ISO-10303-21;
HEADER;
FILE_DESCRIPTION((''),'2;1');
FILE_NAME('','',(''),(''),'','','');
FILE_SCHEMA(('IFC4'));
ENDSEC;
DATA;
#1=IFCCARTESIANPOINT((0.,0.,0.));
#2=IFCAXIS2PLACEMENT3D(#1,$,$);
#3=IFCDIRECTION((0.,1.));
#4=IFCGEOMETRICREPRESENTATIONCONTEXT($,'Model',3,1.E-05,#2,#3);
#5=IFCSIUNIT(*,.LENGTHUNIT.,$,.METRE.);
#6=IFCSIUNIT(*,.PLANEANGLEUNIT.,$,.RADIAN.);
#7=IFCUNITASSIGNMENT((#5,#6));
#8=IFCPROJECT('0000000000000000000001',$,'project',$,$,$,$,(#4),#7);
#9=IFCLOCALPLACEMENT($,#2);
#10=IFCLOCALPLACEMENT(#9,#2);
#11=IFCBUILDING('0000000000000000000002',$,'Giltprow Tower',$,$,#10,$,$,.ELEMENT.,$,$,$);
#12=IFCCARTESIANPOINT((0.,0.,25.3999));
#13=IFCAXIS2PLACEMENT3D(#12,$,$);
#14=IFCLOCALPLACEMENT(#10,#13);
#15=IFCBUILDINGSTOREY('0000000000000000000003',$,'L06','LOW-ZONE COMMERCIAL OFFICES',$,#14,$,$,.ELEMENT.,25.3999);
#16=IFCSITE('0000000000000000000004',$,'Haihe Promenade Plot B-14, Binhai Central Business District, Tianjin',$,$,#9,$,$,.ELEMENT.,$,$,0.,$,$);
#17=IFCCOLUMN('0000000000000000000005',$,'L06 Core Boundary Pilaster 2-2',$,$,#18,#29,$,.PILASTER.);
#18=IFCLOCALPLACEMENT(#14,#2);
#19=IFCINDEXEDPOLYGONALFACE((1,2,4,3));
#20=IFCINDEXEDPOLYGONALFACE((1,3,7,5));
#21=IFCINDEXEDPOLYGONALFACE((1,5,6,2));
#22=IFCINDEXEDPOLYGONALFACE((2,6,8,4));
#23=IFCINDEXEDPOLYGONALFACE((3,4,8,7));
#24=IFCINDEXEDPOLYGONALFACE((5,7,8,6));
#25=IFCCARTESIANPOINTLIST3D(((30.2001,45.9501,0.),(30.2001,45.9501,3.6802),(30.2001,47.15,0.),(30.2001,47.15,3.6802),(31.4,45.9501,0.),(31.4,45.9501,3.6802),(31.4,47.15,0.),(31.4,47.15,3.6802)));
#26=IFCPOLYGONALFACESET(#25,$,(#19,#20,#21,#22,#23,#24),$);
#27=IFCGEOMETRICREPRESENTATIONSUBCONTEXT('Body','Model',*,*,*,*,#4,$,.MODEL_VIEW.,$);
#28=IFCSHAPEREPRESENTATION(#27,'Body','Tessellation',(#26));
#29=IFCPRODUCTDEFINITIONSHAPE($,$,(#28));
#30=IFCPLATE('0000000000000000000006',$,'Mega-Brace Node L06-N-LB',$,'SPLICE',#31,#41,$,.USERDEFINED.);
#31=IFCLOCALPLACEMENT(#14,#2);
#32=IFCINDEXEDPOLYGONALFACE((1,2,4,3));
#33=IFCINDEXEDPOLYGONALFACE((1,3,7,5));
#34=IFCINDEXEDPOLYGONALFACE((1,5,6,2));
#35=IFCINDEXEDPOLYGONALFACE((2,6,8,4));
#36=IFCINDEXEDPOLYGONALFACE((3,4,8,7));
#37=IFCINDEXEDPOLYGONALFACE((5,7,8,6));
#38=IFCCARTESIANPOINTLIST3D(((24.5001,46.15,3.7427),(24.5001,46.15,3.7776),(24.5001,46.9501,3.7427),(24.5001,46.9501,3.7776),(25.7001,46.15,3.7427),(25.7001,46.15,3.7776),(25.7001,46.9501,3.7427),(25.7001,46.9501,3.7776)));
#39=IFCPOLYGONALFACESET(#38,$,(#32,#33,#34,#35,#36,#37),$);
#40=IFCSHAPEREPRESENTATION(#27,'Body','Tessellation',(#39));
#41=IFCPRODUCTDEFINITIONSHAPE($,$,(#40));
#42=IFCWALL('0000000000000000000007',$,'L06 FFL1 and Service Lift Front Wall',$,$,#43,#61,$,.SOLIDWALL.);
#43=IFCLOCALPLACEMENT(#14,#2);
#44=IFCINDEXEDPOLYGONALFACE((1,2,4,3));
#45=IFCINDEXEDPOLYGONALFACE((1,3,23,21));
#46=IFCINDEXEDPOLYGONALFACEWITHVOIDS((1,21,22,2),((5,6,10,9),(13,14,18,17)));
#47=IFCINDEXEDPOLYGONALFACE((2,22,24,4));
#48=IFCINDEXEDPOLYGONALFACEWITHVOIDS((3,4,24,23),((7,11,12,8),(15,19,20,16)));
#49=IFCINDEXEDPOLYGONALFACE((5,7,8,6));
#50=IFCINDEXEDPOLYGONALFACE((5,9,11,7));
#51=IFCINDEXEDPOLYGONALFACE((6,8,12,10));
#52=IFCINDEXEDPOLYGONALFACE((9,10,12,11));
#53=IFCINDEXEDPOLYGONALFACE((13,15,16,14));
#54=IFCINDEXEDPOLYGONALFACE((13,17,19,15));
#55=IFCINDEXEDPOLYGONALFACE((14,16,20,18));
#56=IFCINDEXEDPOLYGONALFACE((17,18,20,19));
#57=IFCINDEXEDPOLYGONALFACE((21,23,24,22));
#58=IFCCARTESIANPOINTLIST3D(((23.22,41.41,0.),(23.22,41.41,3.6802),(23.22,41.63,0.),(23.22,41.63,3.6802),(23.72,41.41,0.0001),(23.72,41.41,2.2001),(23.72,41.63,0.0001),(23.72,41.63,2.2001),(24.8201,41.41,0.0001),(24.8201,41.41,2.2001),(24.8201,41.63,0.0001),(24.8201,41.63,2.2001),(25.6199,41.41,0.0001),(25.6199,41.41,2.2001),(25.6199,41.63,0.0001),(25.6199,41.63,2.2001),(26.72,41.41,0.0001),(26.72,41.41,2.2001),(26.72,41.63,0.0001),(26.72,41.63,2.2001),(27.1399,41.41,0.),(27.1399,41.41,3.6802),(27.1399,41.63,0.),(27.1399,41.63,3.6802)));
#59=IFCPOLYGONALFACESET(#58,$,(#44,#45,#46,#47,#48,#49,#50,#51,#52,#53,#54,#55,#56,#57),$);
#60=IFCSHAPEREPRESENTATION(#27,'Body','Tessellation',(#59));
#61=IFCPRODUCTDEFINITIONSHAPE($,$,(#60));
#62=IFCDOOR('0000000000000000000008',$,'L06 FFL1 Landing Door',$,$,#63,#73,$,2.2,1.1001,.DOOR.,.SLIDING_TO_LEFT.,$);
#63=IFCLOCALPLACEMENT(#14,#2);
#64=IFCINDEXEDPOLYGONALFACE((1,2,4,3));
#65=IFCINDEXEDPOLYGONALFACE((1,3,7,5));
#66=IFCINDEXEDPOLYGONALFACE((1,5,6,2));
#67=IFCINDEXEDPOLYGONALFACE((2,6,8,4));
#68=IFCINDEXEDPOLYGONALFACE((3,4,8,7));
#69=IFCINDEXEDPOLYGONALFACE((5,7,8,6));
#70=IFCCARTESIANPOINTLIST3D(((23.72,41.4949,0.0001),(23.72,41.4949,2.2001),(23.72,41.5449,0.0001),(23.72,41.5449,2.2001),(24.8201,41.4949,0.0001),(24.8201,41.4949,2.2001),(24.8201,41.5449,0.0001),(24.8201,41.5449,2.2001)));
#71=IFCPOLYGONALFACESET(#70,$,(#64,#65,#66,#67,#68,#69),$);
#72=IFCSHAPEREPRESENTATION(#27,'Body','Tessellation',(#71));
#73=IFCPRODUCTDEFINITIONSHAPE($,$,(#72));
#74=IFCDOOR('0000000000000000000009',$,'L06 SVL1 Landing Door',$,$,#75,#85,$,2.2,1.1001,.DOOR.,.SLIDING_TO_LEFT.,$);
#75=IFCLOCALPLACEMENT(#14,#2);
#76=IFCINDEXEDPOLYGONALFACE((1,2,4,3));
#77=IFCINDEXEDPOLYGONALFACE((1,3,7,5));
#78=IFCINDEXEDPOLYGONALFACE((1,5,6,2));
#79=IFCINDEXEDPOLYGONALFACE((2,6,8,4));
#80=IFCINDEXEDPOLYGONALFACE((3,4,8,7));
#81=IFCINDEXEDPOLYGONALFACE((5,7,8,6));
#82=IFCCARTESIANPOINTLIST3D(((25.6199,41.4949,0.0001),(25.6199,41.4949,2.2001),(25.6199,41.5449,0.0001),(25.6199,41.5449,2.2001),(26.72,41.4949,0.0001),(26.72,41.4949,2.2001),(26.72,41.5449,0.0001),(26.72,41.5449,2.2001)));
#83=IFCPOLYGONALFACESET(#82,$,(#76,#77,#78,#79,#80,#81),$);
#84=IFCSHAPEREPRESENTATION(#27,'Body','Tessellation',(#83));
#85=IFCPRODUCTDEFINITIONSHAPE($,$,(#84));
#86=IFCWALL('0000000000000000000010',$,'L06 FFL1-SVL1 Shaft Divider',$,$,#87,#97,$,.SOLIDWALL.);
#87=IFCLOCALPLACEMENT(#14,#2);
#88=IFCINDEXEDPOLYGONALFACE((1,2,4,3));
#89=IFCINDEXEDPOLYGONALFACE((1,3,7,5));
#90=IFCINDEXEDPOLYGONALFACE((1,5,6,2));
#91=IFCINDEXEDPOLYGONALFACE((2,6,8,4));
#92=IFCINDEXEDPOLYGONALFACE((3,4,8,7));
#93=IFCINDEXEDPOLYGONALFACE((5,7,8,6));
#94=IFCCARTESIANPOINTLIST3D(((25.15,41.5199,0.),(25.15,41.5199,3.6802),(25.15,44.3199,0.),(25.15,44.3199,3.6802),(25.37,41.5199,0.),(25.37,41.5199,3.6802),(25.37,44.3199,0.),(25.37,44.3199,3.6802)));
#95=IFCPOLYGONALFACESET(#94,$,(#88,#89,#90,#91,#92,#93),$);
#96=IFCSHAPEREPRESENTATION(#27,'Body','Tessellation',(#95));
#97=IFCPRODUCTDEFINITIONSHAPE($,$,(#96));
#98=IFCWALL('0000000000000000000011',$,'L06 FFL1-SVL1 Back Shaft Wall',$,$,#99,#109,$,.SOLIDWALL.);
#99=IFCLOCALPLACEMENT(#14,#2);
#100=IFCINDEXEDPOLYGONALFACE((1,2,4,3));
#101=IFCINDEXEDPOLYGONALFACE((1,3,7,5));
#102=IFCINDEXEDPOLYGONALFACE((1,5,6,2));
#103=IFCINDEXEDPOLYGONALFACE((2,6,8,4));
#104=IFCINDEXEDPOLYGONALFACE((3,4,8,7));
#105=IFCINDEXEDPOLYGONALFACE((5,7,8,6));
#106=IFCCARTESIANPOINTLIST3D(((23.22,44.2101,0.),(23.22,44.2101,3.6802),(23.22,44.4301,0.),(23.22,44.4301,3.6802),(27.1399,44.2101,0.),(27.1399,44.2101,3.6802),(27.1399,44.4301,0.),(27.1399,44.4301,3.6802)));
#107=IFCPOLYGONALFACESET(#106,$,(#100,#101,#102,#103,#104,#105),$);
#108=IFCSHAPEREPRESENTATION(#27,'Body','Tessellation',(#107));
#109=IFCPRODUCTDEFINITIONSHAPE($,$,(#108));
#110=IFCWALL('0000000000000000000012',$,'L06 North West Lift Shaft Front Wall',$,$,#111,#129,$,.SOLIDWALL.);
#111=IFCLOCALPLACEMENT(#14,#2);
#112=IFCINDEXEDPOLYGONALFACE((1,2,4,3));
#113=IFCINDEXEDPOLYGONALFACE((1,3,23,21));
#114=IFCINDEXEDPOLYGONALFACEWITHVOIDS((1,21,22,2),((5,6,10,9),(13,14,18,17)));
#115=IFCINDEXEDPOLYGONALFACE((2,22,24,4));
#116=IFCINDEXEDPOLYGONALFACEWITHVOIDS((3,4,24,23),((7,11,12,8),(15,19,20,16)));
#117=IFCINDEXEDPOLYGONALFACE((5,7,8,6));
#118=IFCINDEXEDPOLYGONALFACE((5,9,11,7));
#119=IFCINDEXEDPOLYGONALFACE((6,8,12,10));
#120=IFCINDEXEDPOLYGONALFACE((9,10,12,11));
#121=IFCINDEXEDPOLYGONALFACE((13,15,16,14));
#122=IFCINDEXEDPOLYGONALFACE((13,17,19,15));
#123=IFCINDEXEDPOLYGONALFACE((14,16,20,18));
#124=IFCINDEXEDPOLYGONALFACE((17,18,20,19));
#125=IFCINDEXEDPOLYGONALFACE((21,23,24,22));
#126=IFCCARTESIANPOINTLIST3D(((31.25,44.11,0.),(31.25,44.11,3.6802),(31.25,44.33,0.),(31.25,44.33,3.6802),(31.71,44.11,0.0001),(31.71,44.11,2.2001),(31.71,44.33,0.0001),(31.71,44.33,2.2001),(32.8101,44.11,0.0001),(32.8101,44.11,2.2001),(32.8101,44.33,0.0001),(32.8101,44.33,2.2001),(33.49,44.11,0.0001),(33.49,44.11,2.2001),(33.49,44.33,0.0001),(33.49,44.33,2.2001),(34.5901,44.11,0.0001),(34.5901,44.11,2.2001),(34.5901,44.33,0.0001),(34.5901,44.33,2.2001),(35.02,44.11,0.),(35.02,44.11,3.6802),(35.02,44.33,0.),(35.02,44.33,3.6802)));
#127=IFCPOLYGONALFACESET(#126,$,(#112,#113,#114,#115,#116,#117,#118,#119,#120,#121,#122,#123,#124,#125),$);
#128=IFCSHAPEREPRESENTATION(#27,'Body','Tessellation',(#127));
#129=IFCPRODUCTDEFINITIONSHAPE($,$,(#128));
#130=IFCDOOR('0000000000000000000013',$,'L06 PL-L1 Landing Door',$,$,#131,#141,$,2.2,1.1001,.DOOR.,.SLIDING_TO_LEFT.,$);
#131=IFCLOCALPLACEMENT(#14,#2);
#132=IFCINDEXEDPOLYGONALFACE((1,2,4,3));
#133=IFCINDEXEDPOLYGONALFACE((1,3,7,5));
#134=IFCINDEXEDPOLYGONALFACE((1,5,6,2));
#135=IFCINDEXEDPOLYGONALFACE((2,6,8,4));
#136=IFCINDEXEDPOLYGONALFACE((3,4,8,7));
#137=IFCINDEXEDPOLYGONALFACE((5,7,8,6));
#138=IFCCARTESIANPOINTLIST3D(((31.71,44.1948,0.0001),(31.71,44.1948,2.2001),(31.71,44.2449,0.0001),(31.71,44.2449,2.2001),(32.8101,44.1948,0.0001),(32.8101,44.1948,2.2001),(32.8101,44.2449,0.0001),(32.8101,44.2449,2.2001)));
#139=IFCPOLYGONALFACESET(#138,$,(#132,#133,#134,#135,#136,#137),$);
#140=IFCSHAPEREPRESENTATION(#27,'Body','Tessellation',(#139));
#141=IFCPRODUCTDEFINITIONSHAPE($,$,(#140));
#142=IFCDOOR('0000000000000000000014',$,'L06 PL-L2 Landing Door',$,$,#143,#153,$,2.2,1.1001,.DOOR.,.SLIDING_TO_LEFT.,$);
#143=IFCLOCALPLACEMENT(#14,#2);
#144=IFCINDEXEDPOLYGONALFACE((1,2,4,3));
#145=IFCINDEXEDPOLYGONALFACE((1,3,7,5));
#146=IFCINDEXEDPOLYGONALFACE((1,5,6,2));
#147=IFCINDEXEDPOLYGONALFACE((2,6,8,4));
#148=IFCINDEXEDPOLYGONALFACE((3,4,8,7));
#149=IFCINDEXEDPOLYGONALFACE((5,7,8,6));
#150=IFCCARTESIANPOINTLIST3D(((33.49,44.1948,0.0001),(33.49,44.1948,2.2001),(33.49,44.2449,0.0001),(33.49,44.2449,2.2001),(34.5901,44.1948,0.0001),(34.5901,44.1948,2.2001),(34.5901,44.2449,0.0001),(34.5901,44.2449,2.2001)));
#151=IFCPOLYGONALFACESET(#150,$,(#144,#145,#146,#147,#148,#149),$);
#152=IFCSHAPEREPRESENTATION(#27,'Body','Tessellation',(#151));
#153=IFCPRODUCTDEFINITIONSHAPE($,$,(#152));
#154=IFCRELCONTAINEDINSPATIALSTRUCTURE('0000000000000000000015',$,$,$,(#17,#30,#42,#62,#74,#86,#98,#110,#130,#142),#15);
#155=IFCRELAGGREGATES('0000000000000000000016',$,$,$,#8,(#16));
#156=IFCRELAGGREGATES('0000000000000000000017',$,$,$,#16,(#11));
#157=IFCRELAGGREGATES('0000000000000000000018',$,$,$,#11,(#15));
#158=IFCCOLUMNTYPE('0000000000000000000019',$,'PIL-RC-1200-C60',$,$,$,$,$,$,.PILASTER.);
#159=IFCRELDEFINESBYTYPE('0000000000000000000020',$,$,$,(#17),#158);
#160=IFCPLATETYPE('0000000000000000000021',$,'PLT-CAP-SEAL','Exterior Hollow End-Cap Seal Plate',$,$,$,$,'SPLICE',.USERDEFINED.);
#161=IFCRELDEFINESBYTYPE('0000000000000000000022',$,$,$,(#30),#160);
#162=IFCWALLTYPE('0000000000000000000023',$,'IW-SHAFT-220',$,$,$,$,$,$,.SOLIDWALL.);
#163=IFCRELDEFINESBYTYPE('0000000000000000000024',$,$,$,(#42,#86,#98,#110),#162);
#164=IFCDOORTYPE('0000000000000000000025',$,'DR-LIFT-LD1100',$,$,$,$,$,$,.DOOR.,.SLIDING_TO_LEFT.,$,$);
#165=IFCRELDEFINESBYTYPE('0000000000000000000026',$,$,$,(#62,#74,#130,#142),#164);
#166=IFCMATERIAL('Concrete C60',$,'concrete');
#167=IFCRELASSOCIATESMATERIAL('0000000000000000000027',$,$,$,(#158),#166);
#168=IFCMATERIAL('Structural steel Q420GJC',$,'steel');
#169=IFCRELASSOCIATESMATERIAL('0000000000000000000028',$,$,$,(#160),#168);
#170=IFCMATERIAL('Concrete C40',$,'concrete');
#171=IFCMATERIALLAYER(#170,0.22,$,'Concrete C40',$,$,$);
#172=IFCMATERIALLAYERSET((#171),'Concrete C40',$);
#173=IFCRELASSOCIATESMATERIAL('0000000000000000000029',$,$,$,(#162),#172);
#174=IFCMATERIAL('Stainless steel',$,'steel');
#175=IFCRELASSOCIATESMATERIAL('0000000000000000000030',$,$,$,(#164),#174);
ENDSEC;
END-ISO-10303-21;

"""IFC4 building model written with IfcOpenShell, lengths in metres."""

from ifc_helpers import new_model, si_unit, direction, frame, frame_2d, origin, origin_2d, place, context, subcontext, project, spatial, rectangle, extrude, source, transform, mapped, material, layer, layer_set, material_profile, profile_set, type_object, element, fill, save


model = new_model("IFC4")

# Units and contexts
model_context = context("Model", 3, precision=1e-05, world=origin(), true_north=direction((0.0, 1.0)))
body_context = subcontext(model_context, "Body", "Model", "MODEL_VIEW")
ifc_project = project(units=[si_unit("LENGTHUNIT", "METRE"), si_unit("PLANEANGLEUNIT", "RADIAN")], contexts=[model_context])

# Site, building, storey
site_placement = place(None, origin())
site = spatial("IfcSite", under=ifc_project, at=site_placement, Name="Haihe Promenade Plot B-14, Binhai Central Business District, Tianjin", CompositionType="ELEMENT", RefElevation=0.0)
building_placement = place(site_placement, origin())
building = spatial("IfcBuilding", under=site, at=building_placement, Name="Giltprow Tower", CompositionType="ELEMENT")
storey_placement = place(building_placement, frame((0.0, 0.0, 25.3999)))
storey = spatial("IfcBuildingStorey", under=building, at=storey_placement, Name="L06", Description="LOW-ZONE COMMERCIAL OFFICES", CompositionType="ELEMENT", Elevation=25.3999)

# Column
ifc_material_1 = material(Name="Concrete C60", Category="concrete")
ifc_material_profile = material_profile(ifc_material_1, rectangle(XDim=1.2, YDim=1.2, at=origin_2d()), Name="RC 1200x1200")
ifc_profile_set = profile_set([ifc_material_profile], Name="Concrete C60")
column_type = type_object("IfcColumnType", Name="PIL-RC-1200-C60", PredefinedType="PILASTER", material=ifc_profile_set)
shared_shape_1 = source(origin(), body_context, "Body", "SweptSolid", [
    extrude(rectangle(XDim=1.2, YDim=1.2, at=origin_2d()), origin(), (0.0, 0.0, 1.0), 3.6802),
])
column_placement = place(storey_placement, frame((30.8, 46.55, 0.0), z_axis=(0.0, 0.0, 1.0), x_axis=(1.0, 0.0, 0.0)))
element("IfcColumn", 1, at=column_placement, inside=storey, type_object=column_type, Name="L06 Core Boundary Pilaster 2-2", PredefinedType="PILASTER", context=body_context, shape_type="MappedRepresentation", body=[
    mapped(shared_shape_1, transform((0.0, 0.0, 0.0), x_axis=(1.0, 0.0, 0.0), y_axis=(0.0, 1.0, 0.0), z_axis=(0.0, 0.0, 1.0), scale=1.0)),
])

# Plate
ifc_material_2 = material(Name="Structural steel Q420GJC", Category="steel")
plate_type = type_object("IfcPlateType", Name="PLT-CAP-SEAL", Description="Exterior Hollow End-Cap Seal Plate", ElementType="SPLICE", PredefinedType="USERDEFINED", material=ifc_material_2)
shared_shape_2 = source(origin(), body_context, "Body", "SweptSolid", [
    extrude(rectangle(XDim=1.2, YDim=0.8, at=origin_2d()), origin(), (0.0, 0.0, 1.0), 0.0349),
])
plate_placement = place(storey_placement, frame((25.1001, 46.55, 3.7427), z_axis=(0.0, 0.0, 1.0), x_axis=(1.0, 0.0, 0.0)))
element("IfcPlate", 2, at=plate_placement, inside=storey, type_object=plate_type, Name="Mega-Brace Node L06-N-LB", ObjectType="SPLICE", PredefinedType="USERDEFINED", context=body_context, shape_type="MappedRepresentation", body=[
    mapped(shared_shape_2, transform((0.0, 0.0, 0.0), x_axis=(1.0, 0.0, 0.0), y_axis=(0.0, 1.0, 0.0), z_axis=(0.0, 0.0, 1.0), scale=1.0)),
])

# Wall, openings, doors
ifc_material_3 = material(Name="Concrete C40", Category="concrete")
ifc_layer_1 = layer(ifc_material_3, 0.22, Name="Concrete C40")
ifc_layer_set_1 = layer_set([ifc_layer_1], Name="Concrete C40")
wall_type_1 = type_object("IfcWallType", Name="IW-SHAFT-220", PredefinedType="SOLIDWALL", material=ifc_layer_set_1)
wall_1_placement = place(storey_placement, frame((23.22, 41.52, 0.0), z_axis=(0.0, 0.0, 1.0), x_axis=(1.0, 0.0, 0.0)))
wall_1 = element("IfcWall", 3, at=wall_1_placement, inside=storey, type_object=wall_type_1, Name="L06 FFL1 and Service Lift Front Wall", PredefinedType="SOLIDWALL", context=body_context, shape_type="SweptSolid", body=[
    extrude(rectangle(XDim=3.9199, YDim=0.22, at=frame_2d((1.96, 0.0))), origin(), (0.0, 0.0, 1.0), 3.6802),
])
opening_1_placement = place(wall_1_placement, frame((0.5, 0.0, 0.0)))
opening_1 = element("IfcOpeningElement", 4, at=opening_1_placement, cuts=wall_1, PredefinedType="OPENING", context=body_context, shape_type="SweptSolid", body=[
    extrude(rectangle(XDim=1.1001, YDim=2.2, at=frame_2d((0.55, 1.1001))), frame((0.0, 0.1199, 0.0), z_axis=(0.0, -1.0, 0.0), x_axis=(1.0, 0.0, 0.0)), (0.0, 0.0, 1.0), 0.24),
])
opening_2_placement = place(wall_1_placement, frame((2.3999, 0.0, 0.0)))
opening_2 = element("IfcOpeningElement", 5, at=opening_2_placement, cuts=wall_1, PredefinedType="OPENING", context=body_context, shape_type="SweptSolid", body=[
    extrude(rectangle(XDim=1.1001, YDim=2.2, at=frame_2d((0.55, 1.1001))), frame((0.0, 0.1199, 0.0), z_axis=(0.0, -1.0, 0.0), x_axis=(1.0, 0.0, 0.0)), (0.0, 0.0, 1.0), 0.24),
])
ifc_material_4 = material(Name="Stainless steel", Category="steel")
door_type = type_object("IfcDoorType", Name="DR-LIFT-LD1100", OperationType="SLIDING_TO_LEFT", PredefinedType="DOOR", material=ifc_material_4)
shared_shape_3 = source(origin(), body_context, "Body", "SweptSolid", [
    extrude(rectangle(XDim=1.1001, YDim=2.2, at=frame_2d((0.55, 1.1001))), frame((0.0, 0.0249, 0.0), z_axis=(0.0, -1.0, 0.0), x_axis=(1.0, 0.0, 0.0)), (0.0, 0.0, 1.0), 0.05),
])
door_1_placement = place(opening_1_placement, origin())
door_1 = element("IfcDoor", 6, at=door_1_placement, inside=storey, type_object=door_type, Name="L06 FFL1 Landing Door", OperationType="SLIDING_TO_LEFT", OverallHeight=2.2, OverallWidth=1.1001, PredefinedType="DOOR", context=body_context, shape_type="MappedRepresentation", body=[
    mapped(shared_shape_3, transform((0.0, 0.0, 0.0), x_axis=(1.0, 0.0, 0.0), y_axis=(0.0, 1.0, 0.0), z_axis=(0.0, 0.0, 1.0), scale=1.0)),
])
fill(opening_1, door_1)
door_2_placement = place(opening_2_placement, origin())
door_2 = element("IfcDoor", 7, at=door_2_placement, inside=storey, type_object=door_type, Name="L06 SVL1 Landing Door", OperationType="SLIDING_TO_LEFT", OverallHeight=2.2, OverallWidth=1.1001, PredefinedType="DOOR", context=body_context, shape_type="MappedRepresentation", body=[
    mapped(shared_shape_3, transform((0.0, 0.0, 0.0), x_axis=(1.0, 0.0, 0.0), y_axis=(0.0, 1.0, 0.0), z_axis=(0.0, 0.0, 1.0), scale=1.0)),
])
fill(opening_2, door_2)

# Walls
wall_2_placement = place(storey_placement, frame((25.26, 41.52, 0.0), z_axis=(0.0, 0.0, 1.0), x_axis=(0.0, 1.0, 0.0)))
element("IfcWall", 8, at=wall_2_placement, inside=storey, type_object=wall_type_1, Name="L06 FFL1-SVL1 Shaft Divider", PredefinedType="SOLIDWALL", context=body_context, shape_type="SweptSolid", body=[
    extrude(rectangle(XDim=2.8, YDim=0.22, at=frame_2d((1.3999, 0.0))), origin(), (0.0, 0.0, 1.0), 3.6802),
])
wall_3_placement = place(storey_placement, frame((23.22, 44.3201, 0.0), z_axis=(0.0, 0.0, 1.0), x_axis=(1.0, 0.0, 0.0)))
element("IfcWall", 9, at=wall_3_placement, inside=storey, type_object=wall_type_1, Name="L06 FFL1-SVL1 Back Shaft Wall", PredefinedType="SOLIDWALL", context=body_context, shape_type="SweptSolid", body=[
    extrude(rectangle(XDim=3.9199, YDim=0.22, at=frame_2d((1.96, 0.0))), origin(), (0.0, 0.0, 1.0), 3.6802),
])

# Wall, openings, doors
wall_4_placement = place(storey_placement, frame((31.25, 44.22, 0.0), z_axis=(0.0, 0.0, 1.0), x_axis=(1.0, 0.0, 0.0)))
wall_4 = element("IfcWall", 10, at=wall_4_placement, inside=storey, type_object=wall_type_1, Name="L06 North West Lift Shaft Front Wall", PredefinedType="SOLIDWALL", context=body_context, shape_type="SweptSolid", body=[
    extrude(rectangle(XDim=3.77, YDim=0.22, at=frame_2d((1.885, 0.0))), origin(), (0.0, 0.0, 1.0), 3.6802),
])
opening_3_placement = place(wall_4_placement, frame((0.46, 0.0, 0.0)))
opening_3 = element("IfcOpeningElement", 11, at=opening_3_placement, cuts=wall_4, PredefinedType="OPENING", context=body_context, shape_type="SweptSolid", body=[
    extrude(rectangle(XDim=1.1001, YDim=2.2, at=frame_2d((0.55, 1.1001))), frame((0.0, 0.1199, 0.0), z_axis=(0.0, -1.0, 0.0), x_axis=(1.0, 0.0, 0.0)), (0.0, 0.0, 1.0), 0.24),
])
opening_4_placement = place(wall_4_placement, frame((2.24, 0.0, 0.0)))
opening_4 = element("IfcOpeningElement", 12, at=opening_4_placement, cuts=wall_4, PredefinedType="OPENING", context=body_context, shape_type="SweptSolid", body=[
    extrude(rectangle(XDim=1.1001, YDim=2.2, at=frame_2d((0.55, 1.1001))), frame((0.0, 0.1199, 0.0), z_axis=(0.0, -1.0, 0.0), x_axis=(1.0, 0.0, 0.0)), (0.0, 0.0, 1.0), 0.24),
])
door_3_placement = place(opening_3_placement, origin())
door_3 = element("IfcDoor", 13, at=door_3_placement, inside=storey, type_object=door_type, Name="L06 PL-L1 Landing Door", OperationType="SLIDING_TO_LEFT", OverallHeight=2.2, OverallWidth=1.1001, PredefinedType="DOOR", context=body_context, shape_type="MappedRepresentation", body=[
    mapped(shared_shape_3, transform((0.0, 0.0, 0.0), x_axis=(1.0, 0.0, 0.0), y_axis=(0.0, 1.0, 0.0), z_axis=(0.0, 0.0, 1.0), scale=1.0)),
])
fill(opening_3, door_3)
door_4_placement = place(opening_4_placement, origin())
door_4 = element("IfcDoor", 14, at=door_4_placement, inside=storey, type_object=door_type, Name="L06 PL-L2 Landing Door", OperationType="SLIDING_TO_LEFT", OverallHeight=2.2, OverallWidth=1.1001, PredefinedType="DOOR", context=body_context, shape_type="MappedRepresentation", body=[
    mapped(shared_shape_3, transform((0.0, 0.0, 0.0), x_axis=(1.0, 0.0, 0.0), y_axis=(0.0, 1.0, 0.0), z_axis=(0.0, 0.0, 1.0), scale=1.0)),
])
fill(opening_4, door_4)

save(model, "model.ifc")
